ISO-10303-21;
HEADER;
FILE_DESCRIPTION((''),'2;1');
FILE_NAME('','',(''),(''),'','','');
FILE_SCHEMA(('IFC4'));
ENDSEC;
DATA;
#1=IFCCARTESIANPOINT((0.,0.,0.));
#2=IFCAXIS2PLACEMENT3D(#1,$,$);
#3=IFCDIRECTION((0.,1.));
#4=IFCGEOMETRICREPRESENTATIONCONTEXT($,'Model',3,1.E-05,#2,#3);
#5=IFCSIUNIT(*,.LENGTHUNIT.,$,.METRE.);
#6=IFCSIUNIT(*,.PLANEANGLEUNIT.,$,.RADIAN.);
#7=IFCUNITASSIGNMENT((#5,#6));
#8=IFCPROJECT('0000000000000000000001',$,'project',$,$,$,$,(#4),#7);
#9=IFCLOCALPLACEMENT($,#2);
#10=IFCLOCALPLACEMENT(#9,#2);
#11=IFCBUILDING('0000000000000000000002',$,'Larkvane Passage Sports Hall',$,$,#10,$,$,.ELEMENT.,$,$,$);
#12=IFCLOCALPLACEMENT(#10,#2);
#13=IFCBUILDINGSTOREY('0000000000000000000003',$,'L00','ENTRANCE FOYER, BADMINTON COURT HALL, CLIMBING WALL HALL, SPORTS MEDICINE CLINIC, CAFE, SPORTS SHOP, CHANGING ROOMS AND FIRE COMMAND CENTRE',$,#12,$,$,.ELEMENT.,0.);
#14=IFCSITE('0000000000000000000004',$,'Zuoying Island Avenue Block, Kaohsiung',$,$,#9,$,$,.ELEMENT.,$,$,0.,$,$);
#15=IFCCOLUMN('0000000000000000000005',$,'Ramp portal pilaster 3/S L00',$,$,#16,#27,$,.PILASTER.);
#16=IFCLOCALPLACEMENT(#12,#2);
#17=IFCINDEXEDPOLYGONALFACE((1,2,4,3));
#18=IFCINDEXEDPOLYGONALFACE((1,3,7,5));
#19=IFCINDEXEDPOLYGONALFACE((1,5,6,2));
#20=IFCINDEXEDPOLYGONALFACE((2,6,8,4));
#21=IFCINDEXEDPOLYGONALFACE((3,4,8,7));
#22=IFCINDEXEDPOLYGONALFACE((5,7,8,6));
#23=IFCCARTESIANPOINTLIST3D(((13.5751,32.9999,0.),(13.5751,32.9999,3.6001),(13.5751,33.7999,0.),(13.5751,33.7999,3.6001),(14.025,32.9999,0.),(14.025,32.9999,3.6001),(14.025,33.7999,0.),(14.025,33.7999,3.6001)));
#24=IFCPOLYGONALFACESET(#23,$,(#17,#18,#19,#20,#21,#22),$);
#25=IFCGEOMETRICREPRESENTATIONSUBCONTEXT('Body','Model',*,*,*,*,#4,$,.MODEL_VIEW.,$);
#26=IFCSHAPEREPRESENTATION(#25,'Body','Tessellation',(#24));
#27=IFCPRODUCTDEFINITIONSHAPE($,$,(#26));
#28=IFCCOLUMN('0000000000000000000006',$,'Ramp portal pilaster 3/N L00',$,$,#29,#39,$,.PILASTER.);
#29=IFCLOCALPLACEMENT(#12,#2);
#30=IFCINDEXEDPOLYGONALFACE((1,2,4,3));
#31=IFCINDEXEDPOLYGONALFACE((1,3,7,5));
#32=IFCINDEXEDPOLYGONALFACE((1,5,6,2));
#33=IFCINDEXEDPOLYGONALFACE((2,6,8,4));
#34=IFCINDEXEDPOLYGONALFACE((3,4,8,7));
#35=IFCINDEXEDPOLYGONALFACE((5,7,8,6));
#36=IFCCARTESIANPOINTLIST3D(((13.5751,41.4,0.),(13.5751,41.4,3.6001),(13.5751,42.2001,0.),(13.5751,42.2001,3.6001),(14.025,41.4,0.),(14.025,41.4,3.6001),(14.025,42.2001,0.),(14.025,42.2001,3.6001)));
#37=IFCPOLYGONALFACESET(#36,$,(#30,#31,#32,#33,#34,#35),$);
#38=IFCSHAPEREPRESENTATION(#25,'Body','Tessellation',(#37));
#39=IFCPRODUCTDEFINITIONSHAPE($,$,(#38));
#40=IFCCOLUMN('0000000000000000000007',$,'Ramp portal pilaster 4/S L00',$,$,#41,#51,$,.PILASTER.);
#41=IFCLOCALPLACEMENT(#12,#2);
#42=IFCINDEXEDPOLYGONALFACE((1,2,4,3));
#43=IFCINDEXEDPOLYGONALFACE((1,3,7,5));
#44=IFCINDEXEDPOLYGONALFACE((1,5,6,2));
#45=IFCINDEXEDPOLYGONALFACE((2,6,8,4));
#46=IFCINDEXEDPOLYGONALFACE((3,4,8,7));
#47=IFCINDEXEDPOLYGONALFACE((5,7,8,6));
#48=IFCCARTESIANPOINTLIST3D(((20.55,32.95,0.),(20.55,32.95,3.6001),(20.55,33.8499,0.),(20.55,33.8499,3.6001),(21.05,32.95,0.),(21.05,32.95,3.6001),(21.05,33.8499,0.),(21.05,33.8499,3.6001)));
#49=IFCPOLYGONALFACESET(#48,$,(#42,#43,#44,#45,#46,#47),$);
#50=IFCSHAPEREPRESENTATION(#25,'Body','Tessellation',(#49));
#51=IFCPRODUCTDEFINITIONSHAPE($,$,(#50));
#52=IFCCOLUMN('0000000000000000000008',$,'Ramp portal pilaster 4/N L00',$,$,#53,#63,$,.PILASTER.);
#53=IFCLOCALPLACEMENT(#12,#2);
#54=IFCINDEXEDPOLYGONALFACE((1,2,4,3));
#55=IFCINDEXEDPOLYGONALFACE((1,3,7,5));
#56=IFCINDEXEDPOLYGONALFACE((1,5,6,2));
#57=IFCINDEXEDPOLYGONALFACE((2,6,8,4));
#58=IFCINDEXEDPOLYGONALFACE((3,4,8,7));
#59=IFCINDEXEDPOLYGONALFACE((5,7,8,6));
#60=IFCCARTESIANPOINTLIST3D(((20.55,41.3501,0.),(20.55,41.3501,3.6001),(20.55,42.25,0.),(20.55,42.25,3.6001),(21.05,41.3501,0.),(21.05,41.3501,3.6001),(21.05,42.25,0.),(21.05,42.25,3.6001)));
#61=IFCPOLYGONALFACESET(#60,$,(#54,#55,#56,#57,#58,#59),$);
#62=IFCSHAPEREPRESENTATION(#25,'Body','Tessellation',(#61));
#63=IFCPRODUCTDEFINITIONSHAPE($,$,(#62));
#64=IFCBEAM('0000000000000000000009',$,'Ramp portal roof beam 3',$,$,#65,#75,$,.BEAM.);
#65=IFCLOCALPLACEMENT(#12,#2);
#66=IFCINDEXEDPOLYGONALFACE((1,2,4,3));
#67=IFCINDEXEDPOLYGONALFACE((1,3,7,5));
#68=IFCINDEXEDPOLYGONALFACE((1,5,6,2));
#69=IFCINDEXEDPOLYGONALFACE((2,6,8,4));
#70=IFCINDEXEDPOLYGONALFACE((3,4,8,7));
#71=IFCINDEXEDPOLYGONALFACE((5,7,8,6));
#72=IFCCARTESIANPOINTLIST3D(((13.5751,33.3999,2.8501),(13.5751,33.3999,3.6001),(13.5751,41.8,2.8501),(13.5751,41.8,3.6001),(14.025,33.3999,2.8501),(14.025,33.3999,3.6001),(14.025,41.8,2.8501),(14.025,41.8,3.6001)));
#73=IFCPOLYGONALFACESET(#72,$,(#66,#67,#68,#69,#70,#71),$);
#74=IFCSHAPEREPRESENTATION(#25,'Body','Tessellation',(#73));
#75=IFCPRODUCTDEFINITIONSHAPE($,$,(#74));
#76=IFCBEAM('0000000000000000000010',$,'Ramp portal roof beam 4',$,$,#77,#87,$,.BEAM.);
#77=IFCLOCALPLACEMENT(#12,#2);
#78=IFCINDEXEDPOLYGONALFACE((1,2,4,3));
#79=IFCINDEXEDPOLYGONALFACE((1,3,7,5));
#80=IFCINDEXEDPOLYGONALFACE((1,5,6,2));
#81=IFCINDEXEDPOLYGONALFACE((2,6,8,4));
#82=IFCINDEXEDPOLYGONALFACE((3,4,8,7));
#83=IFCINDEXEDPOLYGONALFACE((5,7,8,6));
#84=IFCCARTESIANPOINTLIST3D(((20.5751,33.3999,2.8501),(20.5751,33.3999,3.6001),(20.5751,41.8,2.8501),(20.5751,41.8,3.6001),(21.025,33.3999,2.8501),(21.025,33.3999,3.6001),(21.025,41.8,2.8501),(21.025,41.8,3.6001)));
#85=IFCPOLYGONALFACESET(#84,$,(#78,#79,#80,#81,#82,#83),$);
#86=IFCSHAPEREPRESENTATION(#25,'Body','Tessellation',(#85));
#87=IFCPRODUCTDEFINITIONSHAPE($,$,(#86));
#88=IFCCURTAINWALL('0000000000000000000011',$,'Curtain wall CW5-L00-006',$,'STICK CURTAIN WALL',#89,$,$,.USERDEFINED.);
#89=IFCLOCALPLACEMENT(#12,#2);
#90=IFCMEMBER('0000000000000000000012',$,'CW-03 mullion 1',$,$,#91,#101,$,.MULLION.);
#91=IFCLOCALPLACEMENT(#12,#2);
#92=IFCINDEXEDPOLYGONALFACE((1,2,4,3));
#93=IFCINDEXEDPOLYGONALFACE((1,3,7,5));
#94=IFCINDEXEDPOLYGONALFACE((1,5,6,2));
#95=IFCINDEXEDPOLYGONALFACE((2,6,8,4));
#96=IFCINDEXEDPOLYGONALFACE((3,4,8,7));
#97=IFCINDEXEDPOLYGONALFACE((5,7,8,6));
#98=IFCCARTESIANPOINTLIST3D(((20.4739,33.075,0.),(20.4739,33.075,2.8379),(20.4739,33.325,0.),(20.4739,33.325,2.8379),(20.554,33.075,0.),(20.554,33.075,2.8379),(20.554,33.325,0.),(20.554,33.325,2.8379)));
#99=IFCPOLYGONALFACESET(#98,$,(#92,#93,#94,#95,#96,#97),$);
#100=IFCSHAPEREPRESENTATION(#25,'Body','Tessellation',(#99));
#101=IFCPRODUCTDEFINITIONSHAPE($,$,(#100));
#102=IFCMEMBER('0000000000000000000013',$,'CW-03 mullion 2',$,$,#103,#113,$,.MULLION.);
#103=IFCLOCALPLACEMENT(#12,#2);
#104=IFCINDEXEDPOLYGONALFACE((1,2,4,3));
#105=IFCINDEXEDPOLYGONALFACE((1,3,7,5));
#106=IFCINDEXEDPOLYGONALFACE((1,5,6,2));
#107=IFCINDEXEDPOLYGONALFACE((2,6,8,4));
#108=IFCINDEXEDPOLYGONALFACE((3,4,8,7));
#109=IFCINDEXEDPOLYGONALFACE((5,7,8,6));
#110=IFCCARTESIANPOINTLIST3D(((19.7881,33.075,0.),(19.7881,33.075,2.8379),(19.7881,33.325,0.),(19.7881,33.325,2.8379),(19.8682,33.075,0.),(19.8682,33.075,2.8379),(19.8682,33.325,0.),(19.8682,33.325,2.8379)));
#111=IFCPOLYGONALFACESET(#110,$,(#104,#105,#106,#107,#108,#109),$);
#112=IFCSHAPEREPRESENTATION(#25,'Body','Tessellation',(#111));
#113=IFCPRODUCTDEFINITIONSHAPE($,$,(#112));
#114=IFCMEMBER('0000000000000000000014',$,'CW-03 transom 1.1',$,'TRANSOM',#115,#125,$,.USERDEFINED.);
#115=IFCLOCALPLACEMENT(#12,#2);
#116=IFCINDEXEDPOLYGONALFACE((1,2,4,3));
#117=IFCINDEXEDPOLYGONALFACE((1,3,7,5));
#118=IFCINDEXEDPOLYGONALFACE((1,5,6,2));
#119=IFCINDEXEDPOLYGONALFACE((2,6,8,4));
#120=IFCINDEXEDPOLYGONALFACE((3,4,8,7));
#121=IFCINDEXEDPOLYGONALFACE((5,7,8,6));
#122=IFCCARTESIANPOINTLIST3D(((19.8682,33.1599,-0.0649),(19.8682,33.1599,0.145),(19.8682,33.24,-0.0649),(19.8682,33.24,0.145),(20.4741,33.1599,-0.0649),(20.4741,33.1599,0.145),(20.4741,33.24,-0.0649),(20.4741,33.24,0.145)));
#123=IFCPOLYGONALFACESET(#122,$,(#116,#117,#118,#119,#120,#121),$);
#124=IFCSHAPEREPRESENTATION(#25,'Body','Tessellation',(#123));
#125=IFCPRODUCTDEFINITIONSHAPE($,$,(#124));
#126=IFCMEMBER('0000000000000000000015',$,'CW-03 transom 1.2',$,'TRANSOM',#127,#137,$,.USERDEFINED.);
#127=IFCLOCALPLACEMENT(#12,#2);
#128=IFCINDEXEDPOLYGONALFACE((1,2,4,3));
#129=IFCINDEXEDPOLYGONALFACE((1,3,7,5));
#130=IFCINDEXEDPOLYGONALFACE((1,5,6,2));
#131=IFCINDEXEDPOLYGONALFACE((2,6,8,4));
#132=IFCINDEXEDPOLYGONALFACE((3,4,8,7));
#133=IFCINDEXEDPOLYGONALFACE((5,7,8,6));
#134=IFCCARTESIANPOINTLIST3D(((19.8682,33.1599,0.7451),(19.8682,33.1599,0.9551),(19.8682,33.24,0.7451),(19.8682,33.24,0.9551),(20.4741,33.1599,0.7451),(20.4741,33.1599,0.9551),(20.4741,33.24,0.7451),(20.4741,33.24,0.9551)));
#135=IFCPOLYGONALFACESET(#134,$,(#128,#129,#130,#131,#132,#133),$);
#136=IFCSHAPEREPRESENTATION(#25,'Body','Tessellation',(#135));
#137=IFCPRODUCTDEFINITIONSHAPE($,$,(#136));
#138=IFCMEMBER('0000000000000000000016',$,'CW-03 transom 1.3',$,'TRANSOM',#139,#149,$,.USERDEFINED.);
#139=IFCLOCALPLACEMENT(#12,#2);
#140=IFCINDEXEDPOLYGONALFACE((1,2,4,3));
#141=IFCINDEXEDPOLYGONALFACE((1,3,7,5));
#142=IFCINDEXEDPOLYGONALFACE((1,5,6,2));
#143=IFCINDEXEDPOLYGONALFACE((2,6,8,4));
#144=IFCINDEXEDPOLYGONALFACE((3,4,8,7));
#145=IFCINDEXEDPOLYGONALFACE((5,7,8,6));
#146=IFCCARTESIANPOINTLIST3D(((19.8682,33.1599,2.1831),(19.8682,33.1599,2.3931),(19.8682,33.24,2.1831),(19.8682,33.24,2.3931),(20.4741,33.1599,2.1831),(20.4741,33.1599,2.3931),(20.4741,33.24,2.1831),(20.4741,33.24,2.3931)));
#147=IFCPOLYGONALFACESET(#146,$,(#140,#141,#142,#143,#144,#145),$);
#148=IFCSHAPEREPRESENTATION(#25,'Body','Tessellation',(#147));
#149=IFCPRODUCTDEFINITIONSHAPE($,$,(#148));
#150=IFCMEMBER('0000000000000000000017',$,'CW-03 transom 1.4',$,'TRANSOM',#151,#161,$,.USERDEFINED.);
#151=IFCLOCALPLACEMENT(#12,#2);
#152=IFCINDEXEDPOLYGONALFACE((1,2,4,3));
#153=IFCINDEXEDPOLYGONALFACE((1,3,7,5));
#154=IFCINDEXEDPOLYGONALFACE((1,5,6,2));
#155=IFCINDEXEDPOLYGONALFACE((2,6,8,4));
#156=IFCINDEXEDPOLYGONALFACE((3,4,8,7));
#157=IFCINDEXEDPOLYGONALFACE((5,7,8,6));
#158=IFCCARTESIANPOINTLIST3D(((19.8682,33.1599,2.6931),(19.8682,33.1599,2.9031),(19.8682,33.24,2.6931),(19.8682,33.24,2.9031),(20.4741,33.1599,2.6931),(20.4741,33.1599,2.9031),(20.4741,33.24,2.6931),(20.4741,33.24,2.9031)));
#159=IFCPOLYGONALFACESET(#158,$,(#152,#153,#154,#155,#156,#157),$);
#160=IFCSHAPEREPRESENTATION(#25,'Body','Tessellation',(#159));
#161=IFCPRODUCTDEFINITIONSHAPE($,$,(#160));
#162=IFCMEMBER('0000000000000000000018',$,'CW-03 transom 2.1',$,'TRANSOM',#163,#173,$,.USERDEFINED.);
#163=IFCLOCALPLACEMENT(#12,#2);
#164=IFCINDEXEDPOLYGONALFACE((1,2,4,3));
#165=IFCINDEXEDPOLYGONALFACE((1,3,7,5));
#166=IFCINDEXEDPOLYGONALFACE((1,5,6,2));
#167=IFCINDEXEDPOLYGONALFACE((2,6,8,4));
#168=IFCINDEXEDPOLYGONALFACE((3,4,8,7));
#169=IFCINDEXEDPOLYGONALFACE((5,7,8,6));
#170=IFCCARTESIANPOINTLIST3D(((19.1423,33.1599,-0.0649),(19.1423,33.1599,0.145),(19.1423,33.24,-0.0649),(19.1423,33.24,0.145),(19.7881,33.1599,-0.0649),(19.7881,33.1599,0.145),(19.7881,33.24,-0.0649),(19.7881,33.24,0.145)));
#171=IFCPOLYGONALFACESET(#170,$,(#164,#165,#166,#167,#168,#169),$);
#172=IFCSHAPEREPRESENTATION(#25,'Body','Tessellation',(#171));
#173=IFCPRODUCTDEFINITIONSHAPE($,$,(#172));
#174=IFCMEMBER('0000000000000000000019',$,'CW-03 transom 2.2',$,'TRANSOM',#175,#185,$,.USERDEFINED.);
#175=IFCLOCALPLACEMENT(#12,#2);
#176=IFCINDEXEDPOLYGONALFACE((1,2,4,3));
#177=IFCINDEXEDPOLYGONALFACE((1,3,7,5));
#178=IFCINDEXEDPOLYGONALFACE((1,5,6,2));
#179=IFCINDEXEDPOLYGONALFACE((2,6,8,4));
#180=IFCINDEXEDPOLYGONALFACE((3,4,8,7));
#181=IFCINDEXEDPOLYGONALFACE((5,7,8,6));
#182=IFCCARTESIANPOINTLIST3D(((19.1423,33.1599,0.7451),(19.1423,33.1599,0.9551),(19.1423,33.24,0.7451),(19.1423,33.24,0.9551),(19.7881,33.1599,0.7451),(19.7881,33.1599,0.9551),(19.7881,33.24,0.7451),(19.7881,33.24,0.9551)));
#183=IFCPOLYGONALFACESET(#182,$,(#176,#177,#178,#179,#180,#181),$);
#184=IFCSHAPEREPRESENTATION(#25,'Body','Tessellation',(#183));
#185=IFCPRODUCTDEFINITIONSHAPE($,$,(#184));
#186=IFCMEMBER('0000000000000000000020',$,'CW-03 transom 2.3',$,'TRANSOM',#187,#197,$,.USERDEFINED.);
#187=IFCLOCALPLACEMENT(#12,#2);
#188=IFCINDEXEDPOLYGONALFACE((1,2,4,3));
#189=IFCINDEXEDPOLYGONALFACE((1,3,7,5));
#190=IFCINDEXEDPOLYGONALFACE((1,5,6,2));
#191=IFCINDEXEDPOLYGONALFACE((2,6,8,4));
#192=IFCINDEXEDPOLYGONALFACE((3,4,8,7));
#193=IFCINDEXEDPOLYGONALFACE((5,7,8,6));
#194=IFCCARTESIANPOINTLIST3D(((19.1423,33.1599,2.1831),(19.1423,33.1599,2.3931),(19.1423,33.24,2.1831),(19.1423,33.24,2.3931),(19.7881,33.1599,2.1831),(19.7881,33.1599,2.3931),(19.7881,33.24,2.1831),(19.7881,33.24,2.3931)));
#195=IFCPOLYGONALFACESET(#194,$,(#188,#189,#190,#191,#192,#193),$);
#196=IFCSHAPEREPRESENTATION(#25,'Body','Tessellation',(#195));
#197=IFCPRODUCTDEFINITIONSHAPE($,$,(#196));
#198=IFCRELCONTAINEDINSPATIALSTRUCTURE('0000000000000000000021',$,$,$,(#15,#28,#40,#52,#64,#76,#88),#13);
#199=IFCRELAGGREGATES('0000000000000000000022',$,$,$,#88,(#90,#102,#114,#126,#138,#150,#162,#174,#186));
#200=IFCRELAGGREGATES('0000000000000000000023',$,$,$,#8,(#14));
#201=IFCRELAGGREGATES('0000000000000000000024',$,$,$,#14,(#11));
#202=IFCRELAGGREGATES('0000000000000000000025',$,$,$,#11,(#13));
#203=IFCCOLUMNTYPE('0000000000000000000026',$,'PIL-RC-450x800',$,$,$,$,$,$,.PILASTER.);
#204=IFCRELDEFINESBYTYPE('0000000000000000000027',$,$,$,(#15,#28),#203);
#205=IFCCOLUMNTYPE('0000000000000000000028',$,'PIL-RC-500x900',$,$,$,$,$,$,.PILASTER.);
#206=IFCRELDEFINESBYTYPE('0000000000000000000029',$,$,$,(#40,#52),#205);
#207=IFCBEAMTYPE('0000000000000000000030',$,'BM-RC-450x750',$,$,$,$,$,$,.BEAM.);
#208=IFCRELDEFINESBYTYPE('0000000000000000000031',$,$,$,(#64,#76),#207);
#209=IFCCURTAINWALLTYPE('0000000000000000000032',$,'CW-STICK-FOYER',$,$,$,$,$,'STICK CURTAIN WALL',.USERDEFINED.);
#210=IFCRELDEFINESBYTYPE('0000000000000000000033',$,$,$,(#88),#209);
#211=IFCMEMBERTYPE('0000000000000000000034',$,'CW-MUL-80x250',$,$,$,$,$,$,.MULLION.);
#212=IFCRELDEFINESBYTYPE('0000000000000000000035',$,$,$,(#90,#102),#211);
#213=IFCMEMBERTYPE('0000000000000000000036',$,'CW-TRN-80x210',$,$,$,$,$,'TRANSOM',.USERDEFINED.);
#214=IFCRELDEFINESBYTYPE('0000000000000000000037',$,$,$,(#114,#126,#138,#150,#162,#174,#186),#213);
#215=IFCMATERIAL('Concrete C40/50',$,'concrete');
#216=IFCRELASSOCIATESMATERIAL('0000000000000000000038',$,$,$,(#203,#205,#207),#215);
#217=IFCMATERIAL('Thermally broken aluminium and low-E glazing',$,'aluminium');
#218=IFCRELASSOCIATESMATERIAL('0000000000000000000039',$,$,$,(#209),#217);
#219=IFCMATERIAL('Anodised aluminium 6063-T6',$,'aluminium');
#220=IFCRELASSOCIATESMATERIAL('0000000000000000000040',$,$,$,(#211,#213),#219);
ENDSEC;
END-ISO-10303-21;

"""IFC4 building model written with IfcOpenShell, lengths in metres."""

from ifc_helpers import new_model, si_unit, direction, frame, origin, origin_2d, place, context, subcontext, project, spatial, rectangle, extrude, material, material_profile, profile_set, type_object, element, aggregate, save


model = new_model("IFC4")

# Units and contexts
model_context = context("Model", 3, precision=1e-05, world=origin(), true_north=direction((0.0, 1.0)))
body_context = subcontext(model_context, "Body", "Model", "MODEL_VIEW")
ifc_project = project(units=[si_unit("LENGTHUNIT", "METRE"), si_unit("PLANEANGLEUNIT", "RADIAN")], contexts=[model_context])

# Site, building, storey
site_placement = place(None, origin())
site = spatial("IfcSite", under=ifc_project, at=site_placement, Name="Zuoying Island Avenue Block, Kaohsiung", CompositionType="ELEMENT", RefElevation=0.0)
building_placement = place(site_placement, origin())
building = spatial("IfcBuilding", under=site, at=building_placement, Name="Larkvane Passage Sports Hall", CompositionType="ELEMENT")
storey_placement = place(building_placement, origin())
storey = spatial("IfcBuildingStorey", under=building, at=storey_placement, Name="L00", Description="ENTRANCE FOYER, BADMINTON COURT HALL, CLIMBING WALL HALL, SPORTS MEDICINE CLINIC, CAFE, SPORTS SHOP, CHANGING ROOMS AND FIRE COMMAND CENTRE", CompositionType="ELEMENT", Elevation=0.0)

# Columns
ifc_material_1 = material(Name="Concrete C40/50", Category="concrete")
ifc_material_profile_1 = material_profile(ifc_material_1, rectangle(XDim=0.45, YDim=0.8, at=origin_2d()), Name="RC-PIL-450x800")
ifc_profile_set_1 = profile_set([ifc_material_profile_1], Name="Concrete C40/50")
column_type_1 = type_object("IfcColumnType", Name="PIL-RC-450x800", PredefinedType="PILASTER", material=ifc_profile_set_1)
for number, where, z_axis, x_axis, name in (
    (1, (13.8, 33.3999, 0.0), (0.0, 0.0, 1.0), (1.0, 0.0, 0.0), "Ramp portal pilaster 3/S L00"),
    (2, (13.8, 41.8, 0.0), (0.0, 0.0, 1.0), (1.0, 0.0, 0.0), "Ramp portal pilaster 3/N L00"),
):
    element("IfcColumn", number, at=place(storey_placement, frame(where, z_axis=z_axis, x_axis=x_axis)), inside=storey, type_object=column_type_1, Name=name, PredefinedType="PILASTER", context=body_context, shape_type="SweptSolid", body=[
        extrude(rectangle(XDim=0.45, YDim=0.8, at=origin_2d()), origin(), (0.0, 0.0, 1.0), 3.6001),
    ])
ifc_material_profile_2 = material_profile(ifc_material_1, rectangle(XDim=0.5, YDim=0.8999, at=origin_2d()), Name="RC-PIL-500x900")
ifc_profile_set_2 = profile_set([ifc_material_profile_2], Name="Concrete C40/50")
column_type_2 = type_object("IfcColumnType", Name="PIL-RC-500x900", PredefinedType="PILASTER", material=ifc_profile_set_2)
for number, where, z_axis, x_axis, name in (
    (3, (20.8, 33.3999, 0.0), (0.0, 0.0, 1.0), (1.0, 0.0, 0.0), "Ramp portal pilaster 4/S L00"),
    (4, (20.8, 41.8, 0.0), (0.0, 0.0, 1.0), (1.0, 0.0, 0.0), "Ramp portal pilaster 4/N L00"),
):
    element("IfcColumn", number, at=place(storey_placement, frame(where, z_axis=z_axis, x_axis=x_axis)), inside=storey, type_object=column_type_2, Name=name, PredefinedType="PILASTER", context=body_context, shape_type="SweptSolid", body=[
        extrude(rectangle(XDim=0.5, YDim=0.8999, at=origin_2d()), origin(), (0.0, 0.0, 1.0), 3.6001),
    ])

# Beams
ifc_material_profile_3 = material_profile(ifc_material_1, rectangle(XDim=0.45, YDim=0.75, at=origin_2d()), Name="RC-BM-450x750")
ifc_profile_set_3 = profile_set([ifc_material_profile_3], Name="Concrete C40/50")
beam_type = type_object("IfcBeamType", Name="BM-RC-450x750", PredefinedType="BEAM", material=ifc_profile_set_3)
for number, where, z_axis, x_axis, name in (
    (5, (13.8, 33.3999, 3.2251), (0.0, 1.0, 0.0), (-1.0, 0.0, 0.0), "Ramp portal roof beam 3"),
    (6, (20.8, 33.3999, 3.2251), (0.0, 1.0, 0.0), (-1.0, 0.0, 0.0), "Ramp portal roof beam 4"),
):
    element("IfcBeam", number, at=place(storey_placement, frame(where, z_axis=z_axis, x_axis=x_axis)), inside=storey, type_object=beam_type, Name=name, PredefinedType="BEAM", context=body_context, shape_type="SweptSolid", body=[
        extrude(rectangle(XDim=0.45, YDim=0.75, at=origin_2d()), origin(), (0.0, 0.0, 1.0), 8.4001),
    ])

# Curtain wall, members
ifc_material_2 = material(Name="Thermally broken aluminium and low-E glazing", Category="aluminium")
curtain_wall_type = type_object("IfcCurtainWallType", Name="CW-STICK-FOYER", ElementType="STICK CURTAIN WALL", PredefinedType="USERDEFINED", material=ifc_material_2)
curtain_wall_placement = place(storey_placement, origin())
curtain_wall = element("IfcCurtainWall", 7, at=curtain_wall_placement, inside=storey, type_object=curtain_wall_type, Name="Curtain wall CW5-L00-006", ObjectType="STICK CURTAIN WALL", PredefinedType="USERDEFINED")
ifc_material_3 = material(Name="Anodised aluminium 6063-T6", Category="aluminium")
ifc_material_profile_4 = material_profile(ifc_material_3, rectangle(XDim=0.0801, YDim=0.25, at=origin_2d()), Name="ALU-MUL-80x250")
ifc_profile_set_4 = profile_set([ifc_material_profile_4], Name="Anodised aluminium 6063-T6")
member_type_1 = type_object("IfcMemberType", Name="CW-MUL-80x250", PredefinedType="MULLION", material=ifc_profile_set_4)
member_1_placement = place(storey_placement, frame((20.5139, 33.2, 0.0), z_axis=(0.0, 0.0, 1.0), x_axis=(-1.0, 0.0, 0.0)))
member_1 = element("IfcMember", 8, at=member_1_placement, type_object=member_type_1, Name="CW-03 mullion 1", PredefinedType="MULLION", context=body_context, shape_type="SweptSolid", body=[
    extrude(rectangle(XDim=0.0801, YDim=0.25, at=origin_2d()), origin(), (0.0, 0.0, 1.0), 2.8379),
])
member_2_placement = place(storey_placement, frame((19.8281, 33.2, 0.0), z_axis=(0.0, 0.0, 1.0), x_axis=(-1.0, 0.0, 0.0)))
member_2 = element("IfcMember", 9, at=member_2_placement, type_object=member_type_1, Name="CW-03 mullion 2", PredefinedType="MULLION", context=body_context, shape_type="SweptSolid", body=[
    extrude(rectangle(XDim=0.0801, YDim=0.25, at=origin_2d()), origin(), (0.0, 0.0, 1.0), 2.8379),
])
ifc_material_profile_5 = material_profile(ifc_material_3, rectangle(XDim=0.0801, YDim=0.21, at=origin_2d()), Name="ALU-TRN-80x210")
ifc_profile_set_5 = profile_set([ifc_material_profile_5], Name="Anodised aluminium 6063-T6")
member_type_2 = type_object("IfcMemberType", Name="CW-TRN-80x210", ElementType="TRANSOM", PredefinedType="USERDEFINED", material=ifc_profile_set_5)
member_3_placement = place(storey_placement, frame((20.4741, 33.2, 0.04), z_axis=(-1.0, 0.0, 0.0), x_axis=(0.0, -1.0, 0.0)))
member_3 = element("IfcMember", 10, at=member_3_placement, type_object=member_type_2, Name="CW-03 transom 1.1", ObjectType="TRANSOM", PredefinedType="USERDEFINED", context=body_context, shape_type="SweptSolid", body=[
    extrude(rectangle(XDim=0.0801, YDim=0.21, at=origin_2d()), origin(), (0.0, 0.0, 1.0), 0.606),
])
member_4_placement = place(storey_placement, frame((20.4741, 33.2, 0.8501), z_axis=(-1.0, 0.0, 0.0), x_axis=(0.0, -1.0, 0.0)))
member_4 = element("IfcMember", 11, at=member_4_placement, type_object=member_type_2, Name="CW-03 transom 1.2", ObjectType="TRANSOM", PredefinedType="USERDEFINED", context=body_context, shape_type="SweptSolid", body=[
    extrude(rectangle(XDim=0.0801, YDim=0.21, at=origin_2d()), origin(), (0.0, 0.0, 1.0), 0.606),
])
member_5_placement = place(storey_placement, frame((20.4741, 33.2, 2.2881), z_axis=(-1.0, 0.0, 0.0), x_axis=(0.0, -1.0, 0.0)))
member_5 = element("IfcMember", 12, at=member_5_placement, type_object=member_type_2, Name="CW-03 transom 1.3", ObjectType="TRANSOM", PredefinedType="USERDEFINED", context=body_context, shape_type="SweptSolid", body=[
    extrude(rectangle(XDim=0.0801, YDim=0.21, at=origin_2d()), origin(), (0.0, 0.0, 1.0), 0.606),
])
member_6_placement = place(storey_placement, frame((20.4741, 33.2, 2.7981), z_axis=(-1.0, 0.0, 0.0), x_axis=(0.0, -1.0, 0.0)))
member_6 = element("IfcMember", 13, at=member_6_placement, type_object=member_type_2, Name="CW-03 transom 1.4", ObjectType="TRANSOM", PredefinedType="USERDEFINED", context=body_context, shape_type="SweptSolid", body=[
    extrude(rectangle(XDim=0.0801, YDim=0.21, at=origin_2d()), origin(), (0.0, 0.0, 1.0), 0.606),
])
member_7_placement = place(storey_placement, frame((19.7881, 33.2, 0.04), z_axis=(-1.0, 0.0, 0.0), x_axis=(0.0, -1.0, 0.0)))
member_7 = element("IfcMember", 14, at=member_7_placement, type_object=member_type_2, Name="CW-03 transom 2.1", ObjectType="TRANSOM", PredefinedType="USERDEFINED", context=body_context, shape_type="SweptSolid", body=[
    extrude(rectangle(XDim=0.0801, YDim=0.21, at=origin_2d()), origin(), (0.0, 0.0, 1.0), 0.6458),
])
member_8_placement = place(storey_placement, frame((19.7881, 33.2, 0.8501), z_axis=(-1.0, 0.0, 0.0), x_axis=(0.0, -1.0, 0.0)))
member_8 = element("IfcMember", 15, at=member_8_placement, type_object=member_type_2, Name="CW-03 transom 2.2", ObjectType="TRANSOM", PredefinedType="USERDEFINED", context=body_context, shape_type="SweptSolid", body=[
    extrude(rectangle(XDim=0.0801, YDim=0.21, at=origin_2d()), origin(), (0.0, 0.0, 1.0), 0.6458),
])
member_9_placement = place(storey_placement, frame((19.7881, 33.2, 2.2881), z_axis=(-1.0, 0.0, 0.0), x_axis=(0.0, -1.0, 0.0)))
member_9 = element("IfcMember", 16, at=member_9_placement, type_object=member_type_2, Name="CW-03 transom 2.3", ObjectType="TRANSOM", PredefinedType="USERDEFINED", context=body_context, shape_type="SweptSolid", body=[
    extrude(rectangle(XDim=0.0801, YDim=0.21, at=origin_2d()), origin(), (0.0, 0.0, 1.0), 0.6458),
])
aggregate(curtain_wall, [member_1, member_2, member_3, member_4, member_5, member_6, member_7, member_8, member_9])

save(model, "model.ifc")
